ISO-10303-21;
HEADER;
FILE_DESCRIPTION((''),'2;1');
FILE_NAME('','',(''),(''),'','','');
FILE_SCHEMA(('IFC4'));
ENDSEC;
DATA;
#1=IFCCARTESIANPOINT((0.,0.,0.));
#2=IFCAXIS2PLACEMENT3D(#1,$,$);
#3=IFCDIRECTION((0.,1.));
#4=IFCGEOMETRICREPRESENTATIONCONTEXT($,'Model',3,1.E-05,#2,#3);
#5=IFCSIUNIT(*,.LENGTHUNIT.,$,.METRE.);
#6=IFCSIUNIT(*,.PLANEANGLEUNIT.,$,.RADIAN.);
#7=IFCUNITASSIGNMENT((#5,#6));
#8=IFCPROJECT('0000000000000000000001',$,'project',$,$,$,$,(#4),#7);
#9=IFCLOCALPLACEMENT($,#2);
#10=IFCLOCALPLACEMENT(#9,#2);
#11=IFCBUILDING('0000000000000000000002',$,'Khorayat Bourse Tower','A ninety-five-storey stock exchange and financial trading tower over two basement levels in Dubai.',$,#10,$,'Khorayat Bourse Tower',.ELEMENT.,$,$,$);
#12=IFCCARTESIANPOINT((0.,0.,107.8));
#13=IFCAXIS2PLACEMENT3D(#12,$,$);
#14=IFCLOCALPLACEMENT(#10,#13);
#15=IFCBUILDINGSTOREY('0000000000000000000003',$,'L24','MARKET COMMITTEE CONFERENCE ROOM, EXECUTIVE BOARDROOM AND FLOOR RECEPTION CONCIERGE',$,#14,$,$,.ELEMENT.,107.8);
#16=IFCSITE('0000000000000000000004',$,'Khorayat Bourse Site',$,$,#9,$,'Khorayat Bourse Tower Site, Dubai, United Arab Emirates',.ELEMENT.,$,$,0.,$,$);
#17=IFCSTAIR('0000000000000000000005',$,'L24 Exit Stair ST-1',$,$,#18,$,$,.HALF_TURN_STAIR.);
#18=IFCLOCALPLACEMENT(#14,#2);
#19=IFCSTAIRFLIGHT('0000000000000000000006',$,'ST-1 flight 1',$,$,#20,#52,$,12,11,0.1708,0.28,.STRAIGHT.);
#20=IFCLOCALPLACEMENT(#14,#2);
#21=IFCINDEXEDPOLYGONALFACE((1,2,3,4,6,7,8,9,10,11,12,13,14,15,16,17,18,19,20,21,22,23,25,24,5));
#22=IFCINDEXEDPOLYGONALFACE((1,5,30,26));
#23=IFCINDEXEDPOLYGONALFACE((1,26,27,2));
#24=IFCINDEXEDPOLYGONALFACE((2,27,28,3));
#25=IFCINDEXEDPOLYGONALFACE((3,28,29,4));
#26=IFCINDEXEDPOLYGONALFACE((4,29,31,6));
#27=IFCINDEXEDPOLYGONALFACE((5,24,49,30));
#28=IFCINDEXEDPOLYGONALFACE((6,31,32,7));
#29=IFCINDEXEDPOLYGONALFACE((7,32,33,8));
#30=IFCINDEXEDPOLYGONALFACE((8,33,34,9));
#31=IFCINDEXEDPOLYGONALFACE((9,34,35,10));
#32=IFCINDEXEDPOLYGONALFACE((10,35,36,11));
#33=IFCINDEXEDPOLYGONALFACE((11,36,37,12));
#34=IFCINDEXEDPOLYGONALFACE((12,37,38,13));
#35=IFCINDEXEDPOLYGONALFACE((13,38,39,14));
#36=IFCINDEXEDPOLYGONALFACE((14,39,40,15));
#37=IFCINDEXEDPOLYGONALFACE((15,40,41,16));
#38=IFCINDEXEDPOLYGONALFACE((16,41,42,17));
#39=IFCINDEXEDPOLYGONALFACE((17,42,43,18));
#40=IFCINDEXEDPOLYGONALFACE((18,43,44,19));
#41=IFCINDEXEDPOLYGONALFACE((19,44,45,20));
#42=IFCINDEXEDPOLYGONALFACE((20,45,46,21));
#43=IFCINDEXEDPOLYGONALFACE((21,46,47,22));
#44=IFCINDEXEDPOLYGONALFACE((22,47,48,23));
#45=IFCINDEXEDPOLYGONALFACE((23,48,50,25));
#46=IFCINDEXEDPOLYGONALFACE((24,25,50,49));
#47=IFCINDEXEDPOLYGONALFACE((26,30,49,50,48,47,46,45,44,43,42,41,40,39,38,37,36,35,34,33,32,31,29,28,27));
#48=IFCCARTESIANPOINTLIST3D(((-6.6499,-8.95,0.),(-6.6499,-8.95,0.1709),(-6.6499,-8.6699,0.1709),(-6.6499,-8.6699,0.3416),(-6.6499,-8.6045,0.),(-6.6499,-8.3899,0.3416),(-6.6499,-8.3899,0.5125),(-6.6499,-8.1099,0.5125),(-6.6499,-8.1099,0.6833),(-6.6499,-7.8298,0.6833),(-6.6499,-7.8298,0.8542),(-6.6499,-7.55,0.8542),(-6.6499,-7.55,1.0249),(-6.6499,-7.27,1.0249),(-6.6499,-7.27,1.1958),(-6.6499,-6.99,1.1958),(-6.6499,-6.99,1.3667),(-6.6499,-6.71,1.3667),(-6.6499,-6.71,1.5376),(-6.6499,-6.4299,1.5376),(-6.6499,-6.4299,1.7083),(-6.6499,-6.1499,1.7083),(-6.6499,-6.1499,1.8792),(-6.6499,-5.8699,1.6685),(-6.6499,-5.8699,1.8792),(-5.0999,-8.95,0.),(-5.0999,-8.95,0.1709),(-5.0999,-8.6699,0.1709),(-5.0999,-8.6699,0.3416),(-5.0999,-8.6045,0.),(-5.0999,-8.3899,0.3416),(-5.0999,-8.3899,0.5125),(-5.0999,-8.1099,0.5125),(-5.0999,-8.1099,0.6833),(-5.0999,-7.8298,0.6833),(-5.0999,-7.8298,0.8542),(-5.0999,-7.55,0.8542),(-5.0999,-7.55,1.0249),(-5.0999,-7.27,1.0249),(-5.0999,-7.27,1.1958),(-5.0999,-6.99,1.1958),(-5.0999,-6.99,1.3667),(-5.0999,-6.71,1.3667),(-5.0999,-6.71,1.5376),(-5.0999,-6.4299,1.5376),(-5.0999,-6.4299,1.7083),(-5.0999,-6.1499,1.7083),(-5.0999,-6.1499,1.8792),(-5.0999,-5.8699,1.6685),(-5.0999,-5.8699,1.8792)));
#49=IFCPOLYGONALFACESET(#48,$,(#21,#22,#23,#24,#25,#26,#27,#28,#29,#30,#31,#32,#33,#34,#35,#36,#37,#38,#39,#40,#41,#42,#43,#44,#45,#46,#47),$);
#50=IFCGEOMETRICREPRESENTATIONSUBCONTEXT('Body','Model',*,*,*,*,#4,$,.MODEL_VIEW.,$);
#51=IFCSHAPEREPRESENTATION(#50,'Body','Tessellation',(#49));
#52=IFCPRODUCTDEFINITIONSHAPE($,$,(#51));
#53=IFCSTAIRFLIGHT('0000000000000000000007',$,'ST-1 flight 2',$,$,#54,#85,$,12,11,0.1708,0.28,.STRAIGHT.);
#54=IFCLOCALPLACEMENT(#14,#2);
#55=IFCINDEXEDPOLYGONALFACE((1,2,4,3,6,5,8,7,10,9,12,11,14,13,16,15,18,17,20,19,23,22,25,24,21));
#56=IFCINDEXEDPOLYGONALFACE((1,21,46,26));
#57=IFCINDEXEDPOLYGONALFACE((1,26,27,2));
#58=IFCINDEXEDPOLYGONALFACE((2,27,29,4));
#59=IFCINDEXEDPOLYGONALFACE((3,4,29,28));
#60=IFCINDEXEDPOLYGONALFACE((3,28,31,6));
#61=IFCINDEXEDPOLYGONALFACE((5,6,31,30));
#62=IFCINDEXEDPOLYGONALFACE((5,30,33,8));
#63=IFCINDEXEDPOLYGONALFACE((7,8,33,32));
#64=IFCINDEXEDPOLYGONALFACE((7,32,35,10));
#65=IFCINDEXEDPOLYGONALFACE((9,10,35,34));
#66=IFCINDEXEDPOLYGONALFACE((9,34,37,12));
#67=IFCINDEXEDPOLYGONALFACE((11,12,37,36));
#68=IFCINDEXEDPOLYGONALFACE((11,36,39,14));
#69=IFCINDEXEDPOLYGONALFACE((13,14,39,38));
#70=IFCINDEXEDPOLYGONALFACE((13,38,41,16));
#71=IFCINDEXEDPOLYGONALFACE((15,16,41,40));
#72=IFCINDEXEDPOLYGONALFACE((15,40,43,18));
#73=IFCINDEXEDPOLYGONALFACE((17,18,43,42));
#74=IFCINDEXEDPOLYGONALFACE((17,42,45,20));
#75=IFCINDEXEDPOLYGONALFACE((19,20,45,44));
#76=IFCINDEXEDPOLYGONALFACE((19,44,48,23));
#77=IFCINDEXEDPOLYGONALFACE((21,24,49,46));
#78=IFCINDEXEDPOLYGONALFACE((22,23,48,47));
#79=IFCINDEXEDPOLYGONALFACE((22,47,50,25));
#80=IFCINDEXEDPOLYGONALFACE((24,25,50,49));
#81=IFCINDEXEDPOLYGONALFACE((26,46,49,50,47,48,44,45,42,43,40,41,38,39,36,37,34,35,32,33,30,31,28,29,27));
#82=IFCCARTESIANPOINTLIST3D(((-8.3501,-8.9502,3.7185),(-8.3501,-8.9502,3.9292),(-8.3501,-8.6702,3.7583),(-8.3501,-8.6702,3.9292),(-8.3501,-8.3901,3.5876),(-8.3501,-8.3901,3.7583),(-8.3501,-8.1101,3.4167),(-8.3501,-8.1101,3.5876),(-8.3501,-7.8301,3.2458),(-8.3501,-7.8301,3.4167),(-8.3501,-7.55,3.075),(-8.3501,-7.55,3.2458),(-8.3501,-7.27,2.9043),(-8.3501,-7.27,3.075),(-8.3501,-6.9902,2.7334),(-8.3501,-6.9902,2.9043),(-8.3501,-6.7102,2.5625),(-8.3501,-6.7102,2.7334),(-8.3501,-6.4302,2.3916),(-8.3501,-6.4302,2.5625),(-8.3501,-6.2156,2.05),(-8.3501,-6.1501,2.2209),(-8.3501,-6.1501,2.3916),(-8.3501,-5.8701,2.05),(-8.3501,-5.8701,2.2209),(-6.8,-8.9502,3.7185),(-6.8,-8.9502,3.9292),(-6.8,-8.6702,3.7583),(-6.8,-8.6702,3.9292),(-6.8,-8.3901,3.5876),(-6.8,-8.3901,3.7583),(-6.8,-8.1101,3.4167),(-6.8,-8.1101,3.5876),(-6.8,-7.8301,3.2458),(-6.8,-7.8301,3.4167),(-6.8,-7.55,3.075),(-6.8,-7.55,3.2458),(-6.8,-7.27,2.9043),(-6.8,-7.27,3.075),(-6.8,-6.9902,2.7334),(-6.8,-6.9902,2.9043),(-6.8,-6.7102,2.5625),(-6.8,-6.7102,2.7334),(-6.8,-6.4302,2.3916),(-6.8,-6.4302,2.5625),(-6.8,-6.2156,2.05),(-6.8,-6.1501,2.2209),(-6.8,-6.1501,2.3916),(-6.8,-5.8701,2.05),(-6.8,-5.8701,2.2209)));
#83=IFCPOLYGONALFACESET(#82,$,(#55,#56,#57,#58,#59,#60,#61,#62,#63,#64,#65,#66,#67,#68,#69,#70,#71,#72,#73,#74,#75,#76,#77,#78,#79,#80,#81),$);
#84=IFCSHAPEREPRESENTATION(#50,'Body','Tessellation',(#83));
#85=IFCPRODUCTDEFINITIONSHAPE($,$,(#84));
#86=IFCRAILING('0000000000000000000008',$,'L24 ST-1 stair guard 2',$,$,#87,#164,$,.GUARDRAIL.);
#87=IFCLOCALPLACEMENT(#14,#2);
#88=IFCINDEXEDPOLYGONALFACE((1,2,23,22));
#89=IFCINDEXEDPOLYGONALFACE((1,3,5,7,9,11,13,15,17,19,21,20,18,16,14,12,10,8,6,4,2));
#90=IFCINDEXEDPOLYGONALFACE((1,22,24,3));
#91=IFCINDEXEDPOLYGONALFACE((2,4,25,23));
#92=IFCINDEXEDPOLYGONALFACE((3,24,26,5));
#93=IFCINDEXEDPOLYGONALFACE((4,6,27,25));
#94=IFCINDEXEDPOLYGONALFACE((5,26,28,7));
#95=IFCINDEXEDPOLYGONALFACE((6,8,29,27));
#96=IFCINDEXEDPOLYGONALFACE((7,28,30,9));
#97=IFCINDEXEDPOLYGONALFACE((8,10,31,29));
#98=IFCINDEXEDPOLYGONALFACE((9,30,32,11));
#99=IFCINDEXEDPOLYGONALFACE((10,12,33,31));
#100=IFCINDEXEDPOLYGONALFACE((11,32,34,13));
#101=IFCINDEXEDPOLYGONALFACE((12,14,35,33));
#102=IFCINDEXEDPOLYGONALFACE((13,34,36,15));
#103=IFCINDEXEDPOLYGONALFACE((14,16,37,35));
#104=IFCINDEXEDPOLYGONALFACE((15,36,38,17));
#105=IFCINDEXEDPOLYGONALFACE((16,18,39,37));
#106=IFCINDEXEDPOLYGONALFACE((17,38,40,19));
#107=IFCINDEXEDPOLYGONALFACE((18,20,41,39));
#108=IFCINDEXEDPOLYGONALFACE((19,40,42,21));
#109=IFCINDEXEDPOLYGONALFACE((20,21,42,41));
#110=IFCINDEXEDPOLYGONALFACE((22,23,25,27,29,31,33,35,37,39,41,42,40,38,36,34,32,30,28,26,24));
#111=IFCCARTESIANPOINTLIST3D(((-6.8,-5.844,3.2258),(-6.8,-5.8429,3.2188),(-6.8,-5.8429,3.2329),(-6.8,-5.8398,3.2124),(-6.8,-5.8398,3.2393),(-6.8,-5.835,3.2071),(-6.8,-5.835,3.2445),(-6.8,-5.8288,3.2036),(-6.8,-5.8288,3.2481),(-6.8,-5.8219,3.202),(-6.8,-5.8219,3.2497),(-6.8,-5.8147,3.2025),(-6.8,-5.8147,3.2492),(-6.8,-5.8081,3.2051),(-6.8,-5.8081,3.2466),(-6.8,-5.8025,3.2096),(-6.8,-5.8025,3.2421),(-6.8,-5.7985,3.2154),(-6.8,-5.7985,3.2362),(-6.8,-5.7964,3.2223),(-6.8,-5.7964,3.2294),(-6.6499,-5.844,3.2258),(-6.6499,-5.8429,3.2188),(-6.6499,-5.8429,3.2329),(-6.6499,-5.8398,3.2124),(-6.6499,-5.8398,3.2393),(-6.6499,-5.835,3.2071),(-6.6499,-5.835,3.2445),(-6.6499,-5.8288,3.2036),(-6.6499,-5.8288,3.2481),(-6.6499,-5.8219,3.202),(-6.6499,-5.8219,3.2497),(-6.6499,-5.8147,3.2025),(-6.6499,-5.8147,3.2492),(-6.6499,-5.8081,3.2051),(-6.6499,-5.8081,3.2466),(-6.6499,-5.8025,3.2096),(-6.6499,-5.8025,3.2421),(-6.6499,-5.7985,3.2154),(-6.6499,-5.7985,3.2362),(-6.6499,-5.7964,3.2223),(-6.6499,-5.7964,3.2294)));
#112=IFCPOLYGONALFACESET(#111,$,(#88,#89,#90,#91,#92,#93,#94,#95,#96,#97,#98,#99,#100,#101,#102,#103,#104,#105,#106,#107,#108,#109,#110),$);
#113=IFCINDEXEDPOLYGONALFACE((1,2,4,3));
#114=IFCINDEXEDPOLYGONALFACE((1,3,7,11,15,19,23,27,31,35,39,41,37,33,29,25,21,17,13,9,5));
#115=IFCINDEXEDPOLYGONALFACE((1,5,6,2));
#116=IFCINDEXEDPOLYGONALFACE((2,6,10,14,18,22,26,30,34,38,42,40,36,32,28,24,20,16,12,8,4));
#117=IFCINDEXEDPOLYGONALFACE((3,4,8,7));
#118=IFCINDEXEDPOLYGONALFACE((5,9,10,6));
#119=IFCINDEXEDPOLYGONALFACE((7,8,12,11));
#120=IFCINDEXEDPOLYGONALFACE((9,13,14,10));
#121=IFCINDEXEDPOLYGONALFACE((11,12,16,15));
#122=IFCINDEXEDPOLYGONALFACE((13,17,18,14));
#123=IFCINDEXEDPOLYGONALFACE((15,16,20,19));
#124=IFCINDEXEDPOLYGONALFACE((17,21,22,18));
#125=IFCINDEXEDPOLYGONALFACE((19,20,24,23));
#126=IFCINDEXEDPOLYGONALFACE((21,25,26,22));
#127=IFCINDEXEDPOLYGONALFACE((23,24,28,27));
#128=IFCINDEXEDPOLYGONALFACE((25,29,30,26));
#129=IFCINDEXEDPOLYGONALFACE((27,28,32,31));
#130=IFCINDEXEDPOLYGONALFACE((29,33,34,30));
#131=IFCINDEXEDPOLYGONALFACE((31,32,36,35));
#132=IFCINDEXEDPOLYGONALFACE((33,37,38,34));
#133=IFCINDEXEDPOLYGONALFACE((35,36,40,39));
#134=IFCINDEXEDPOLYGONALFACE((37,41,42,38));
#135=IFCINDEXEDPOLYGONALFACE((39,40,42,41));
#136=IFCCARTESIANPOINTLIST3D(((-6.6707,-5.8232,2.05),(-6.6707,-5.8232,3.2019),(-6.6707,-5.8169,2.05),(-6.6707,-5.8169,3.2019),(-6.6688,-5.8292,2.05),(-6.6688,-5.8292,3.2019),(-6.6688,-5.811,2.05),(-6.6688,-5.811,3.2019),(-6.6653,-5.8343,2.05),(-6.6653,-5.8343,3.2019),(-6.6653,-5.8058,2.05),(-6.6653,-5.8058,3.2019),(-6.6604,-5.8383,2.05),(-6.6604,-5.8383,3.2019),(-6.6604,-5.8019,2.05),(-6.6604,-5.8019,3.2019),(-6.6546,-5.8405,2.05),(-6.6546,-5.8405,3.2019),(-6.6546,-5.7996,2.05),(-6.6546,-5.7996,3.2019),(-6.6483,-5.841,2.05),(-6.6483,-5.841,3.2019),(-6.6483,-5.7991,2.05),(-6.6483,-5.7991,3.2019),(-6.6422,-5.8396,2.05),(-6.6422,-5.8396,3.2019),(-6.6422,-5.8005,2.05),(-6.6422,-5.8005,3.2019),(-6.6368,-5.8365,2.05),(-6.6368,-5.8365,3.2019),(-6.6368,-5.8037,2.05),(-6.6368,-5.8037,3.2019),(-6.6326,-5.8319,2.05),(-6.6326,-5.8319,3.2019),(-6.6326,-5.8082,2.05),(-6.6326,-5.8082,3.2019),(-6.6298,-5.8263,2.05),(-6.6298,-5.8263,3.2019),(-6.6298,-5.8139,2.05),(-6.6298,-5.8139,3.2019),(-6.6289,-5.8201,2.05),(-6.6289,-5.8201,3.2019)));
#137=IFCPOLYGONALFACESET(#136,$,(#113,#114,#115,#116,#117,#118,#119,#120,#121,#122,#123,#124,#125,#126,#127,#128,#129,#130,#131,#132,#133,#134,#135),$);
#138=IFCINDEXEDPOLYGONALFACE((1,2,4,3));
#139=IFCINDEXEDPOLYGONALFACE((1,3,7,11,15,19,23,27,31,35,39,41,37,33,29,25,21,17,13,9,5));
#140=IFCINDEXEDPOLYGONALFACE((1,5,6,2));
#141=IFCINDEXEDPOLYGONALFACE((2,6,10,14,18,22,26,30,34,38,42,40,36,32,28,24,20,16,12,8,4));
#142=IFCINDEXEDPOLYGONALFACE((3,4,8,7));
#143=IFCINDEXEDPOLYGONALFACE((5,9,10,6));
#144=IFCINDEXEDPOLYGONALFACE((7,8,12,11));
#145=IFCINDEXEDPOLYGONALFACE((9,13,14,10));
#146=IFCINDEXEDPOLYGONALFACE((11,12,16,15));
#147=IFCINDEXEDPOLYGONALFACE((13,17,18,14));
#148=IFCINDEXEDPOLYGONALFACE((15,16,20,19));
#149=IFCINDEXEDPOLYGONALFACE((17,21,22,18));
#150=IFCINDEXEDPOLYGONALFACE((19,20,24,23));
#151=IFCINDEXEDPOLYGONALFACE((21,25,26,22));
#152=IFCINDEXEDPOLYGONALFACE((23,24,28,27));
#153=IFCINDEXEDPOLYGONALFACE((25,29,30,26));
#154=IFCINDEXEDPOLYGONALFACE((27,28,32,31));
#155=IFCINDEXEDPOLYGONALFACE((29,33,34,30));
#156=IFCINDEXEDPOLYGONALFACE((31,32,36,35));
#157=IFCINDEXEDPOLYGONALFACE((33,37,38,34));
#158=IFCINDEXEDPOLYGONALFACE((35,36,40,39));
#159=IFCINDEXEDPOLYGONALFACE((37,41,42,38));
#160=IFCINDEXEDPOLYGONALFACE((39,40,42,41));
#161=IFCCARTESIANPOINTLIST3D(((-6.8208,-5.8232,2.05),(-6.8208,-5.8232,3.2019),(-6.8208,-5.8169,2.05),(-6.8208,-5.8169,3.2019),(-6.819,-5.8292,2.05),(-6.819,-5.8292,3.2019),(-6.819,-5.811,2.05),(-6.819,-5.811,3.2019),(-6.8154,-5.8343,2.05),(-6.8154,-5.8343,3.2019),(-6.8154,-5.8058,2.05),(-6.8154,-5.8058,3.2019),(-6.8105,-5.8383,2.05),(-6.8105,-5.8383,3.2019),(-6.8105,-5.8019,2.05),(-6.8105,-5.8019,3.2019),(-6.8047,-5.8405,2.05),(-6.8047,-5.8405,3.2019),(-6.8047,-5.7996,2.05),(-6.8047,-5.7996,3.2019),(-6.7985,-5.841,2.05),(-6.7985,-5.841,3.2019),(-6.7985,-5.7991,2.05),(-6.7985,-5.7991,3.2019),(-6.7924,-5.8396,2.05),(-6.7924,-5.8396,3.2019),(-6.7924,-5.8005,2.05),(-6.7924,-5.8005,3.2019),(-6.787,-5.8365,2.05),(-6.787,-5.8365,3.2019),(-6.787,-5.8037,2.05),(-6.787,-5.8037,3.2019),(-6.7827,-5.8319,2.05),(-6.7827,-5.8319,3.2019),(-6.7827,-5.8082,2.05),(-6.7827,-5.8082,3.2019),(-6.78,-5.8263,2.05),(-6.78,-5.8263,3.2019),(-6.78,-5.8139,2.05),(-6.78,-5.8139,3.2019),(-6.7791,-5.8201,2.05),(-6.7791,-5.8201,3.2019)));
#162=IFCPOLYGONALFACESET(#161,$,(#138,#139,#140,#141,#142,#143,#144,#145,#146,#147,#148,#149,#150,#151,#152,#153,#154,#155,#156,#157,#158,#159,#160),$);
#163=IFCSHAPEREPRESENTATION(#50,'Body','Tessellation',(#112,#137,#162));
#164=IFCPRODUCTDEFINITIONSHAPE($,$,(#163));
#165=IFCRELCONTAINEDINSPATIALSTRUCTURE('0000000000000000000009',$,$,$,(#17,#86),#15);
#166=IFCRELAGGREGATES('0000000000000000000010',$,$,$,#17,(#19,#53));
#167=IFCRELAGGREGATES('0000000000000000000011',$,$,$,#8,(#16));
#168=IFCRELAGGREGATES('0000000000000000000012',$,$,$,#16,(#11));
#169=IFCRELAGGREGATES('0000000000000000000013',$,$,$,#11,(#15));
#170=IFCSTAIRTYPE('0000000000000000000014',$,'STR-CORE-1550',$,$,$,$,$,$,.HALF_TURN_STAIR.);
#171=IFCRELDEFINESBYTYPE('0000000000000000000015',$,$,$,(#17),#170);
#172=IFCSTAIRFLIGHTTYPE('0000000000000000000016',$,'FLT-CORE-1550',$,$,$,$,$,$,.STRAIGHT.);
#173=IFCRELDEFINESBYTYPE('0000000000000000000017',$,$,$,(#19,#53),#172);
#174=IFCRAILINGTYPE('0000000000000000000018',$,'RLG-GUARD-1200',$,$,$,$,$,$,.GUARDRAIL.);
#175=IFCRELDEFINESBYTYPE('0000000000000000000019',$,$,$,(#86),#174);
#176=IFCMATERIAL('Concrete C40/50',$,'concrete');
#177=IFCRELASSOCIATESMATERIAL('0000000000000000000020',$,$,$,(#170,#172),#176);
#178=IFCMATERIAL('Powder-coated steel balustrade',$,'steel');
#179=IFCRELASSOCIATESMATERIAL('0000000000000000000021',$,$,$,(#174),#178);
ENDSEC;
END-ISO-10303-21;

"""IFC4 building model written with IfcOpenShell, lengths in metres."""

from ifc_helpers import new_model, si_unit, direction, frame, origin, origin_2d, place, context, subcontext, project, spatial, polyline, circle, outline, extrude, source, transform, mapped, material, type_object, element, aggregate, save


model = new_model("IFC4")

# Units and contexts
model_context = context("Model", 3, precision=1e-05, world=origin(), true_north=direction((0.0, 1.0)))
body_context = subcontext(model_context, "Body", "Model", "MODEL_VIEW")
ifc_project = project(units=[si_unit("LENGTHUNIT", "METRE"), si_unit("PLANEANGLEUNIT", "RADIAN")], contexts=[model_context])

# Site, building, storey
site_placement = place(None, origin())
site = spatial("IfcSite", under=ifc_project, at=site_placement, Name="Khorayat Bourse Site", LongName="Khorayat Bourse Tower Site, Dubai, United Arab Emirates", CompositionType="ELEMENT", RefElevation=0.0)
building_placement = place(site_placement, origin())
building = spatial("IfcBuilding", under=site, at=building_placement, Name="Khorayat Bourse Tower", Description="A ninety-five-storey stock exchange and financial trading tower over two basement levels in Dubai.", LongName="Khorayat Bourse Tower", CompositionType="ELEMENT")
storey_placement = place(building_placement, frame((0.0, 0.0, 107.8)))
storey = spatial("IfcBuildingStorey", under=building, at=storey_placement, Name="L24", Description="MARKET COMMITTEE CONFERENCE ROOM, EXECUTIVE BOARDROOM AND FLOOR RECEPTION CONCIERGE", CompositionType="ELEMENT", Elevation=107.8)

# Stair, stair flights
ifc_material_1 = material(Name="Concrete C40/50", Category="concrete")
stair_type = type_object("IfcStairType", Name="STR-CORE-1550", PredefinedType="HALF_TURN_STAIR", material=ifc_material_1)
stair_placement = place(storey_placement, origin())
stair = element("IfcStair", 1, at=stair_placement, inside=storey, type_object=stair_type, Name="L24 Exit Stair ST-1", PredefinedType="HALF_TURN_STAIR")
stair_flight_type = type_object("IfcStairFlightType", Name="FLT-CORE-1550", PredefinedType="STRAIGHT", material=ifc_material_1)
shared_shape_1 = source(origin(), body_context, "Body", "SweptSolid", [
    extrude(outline(polyline([(0.0, 0.0), (0.0, 0.1709), (0.28, 0.1709), (0.28, 0.3416), (0.5601, 0.3416), (0.5601, 0.5125), (0.8401, 0.5125), (0.8401, 0.6833), (1.1201, 0.6833), (1.1201, 0.8542), (1.3999, 0.8542), (1.3999, 1.0249), (1.6799, 1.0249), (1.6799, 1.1958), (1.96, 1.1958), (1.96, 1.3667), (2.24, 1.3667), (2.24, 1.5376), (2.52, 1.5376), (2.52, 1.7083), (2.8, 1.7083), (2.8, 1.8792), (3.0801, 1.8792), (3.0801, 2.05), (3.0801, 1.6685), (0.3455, 0.0), (0.0, 0.0)])), frame((0.0, 0.7749, 0.0), z_axis=(0.0, -1.0, 0.0), x_axis=(1.0, 0.0, 0.0)), (0.0, 0.0, 1.0), 1.55),
])
stair_flight_1_placement = place(storey_placement, frame((-5.875, -8.95, 0.0), z_axis=(0.0, 0.0, 1.0), x_axis=(0.0, 1.0, 0.0)))
stair_flight_1 = element("IfcStairFlight", 2, at=stair_flight_1_placement, type_object=stair_flight_type, Name="ST-1 flight 1", NumberOfRisers=12, NumberOfTreads=11, PredefinedType="STRAIGHT", RiserHeight=0.1708, TreadLength=0.28, context=body_context, shape_type="MappedRepresentation", body=[
    mapped(shared_shape_1, transform((0.0, 0.0, 0.0), scale=1.0)),
])
stair_flight_2_placement = place(storey_placement, frame((-7.575, -5.8701, 2.05), z_axis=(0.0, 0.0, 1.0), x_axis=(0.0, -1.0, 0.0)))
stair_flight_2 = element("IfcStairFlight", 3, at=stair_flight_2_placement, type_object=stair_flight_type, Name="ST-1 flight 2", NumberOfRisers=12, NumberOfTreads=11, PredefinedType="STRAIGHT", RiserHeight=0.1708, TreadLength=0.28, context=body_context, shape_type="MappedRepresentation", body=[
    mapped(shared_shape_1, transform((0.0, 0.0, 0.0), scale=1.0)),
])
aggregate(stair, [stair_flight_1, stair_flight_2])

# Railing
ifc_material_2 = material(Name="Powder-coated steel balustrade", Category="steel")
railing_type_1 = type_object("IfcRailingType", Name="RLG-GUARD-1200", PredefinedType="GUARDRAIL", material=ifc_material_2)
shared_shape_2 = source(origin(), body_context, "Body", "SweptSolid", [
    extrude(circle(Radius=0.0239, at=origin_2d()), frame((0.0, 0.0, 1.1758), z_axis=(-1.0, 0.0, 0.0), x_axis=(0.0, -1.0, 0.0)), (0.0, 0.0, 1.0), 0.1501),
    extrude(circle(Radius=0.021, at=origin_2d()), origin(), (0.0, 0.0, 1.0), 1.1519),
    extrude(circle(Radius=0.021, at=origin_2d()), frame((-0.1501, 0.0, 0.0)), (0.0, 0.0, 1.0), 1.1519),
])
for number, where, name in (
    (4, (-6.6499, -5.8201, 2.05), "L24 ST-1 stair guard 2"),
):
    element("IfcRailing", number, at=place(storey_placement, frame(where)), inside=storey, type_object=railing_type_1, Name=name, PredefinedType="GUARDRAIL", context=body_context, shape_type="MappedRepresentation", body=[
        mapped(shared_shape_2, transform((0.0, 0.0, 0.0), scale=1.0)),
    ])

save(model, "model.ifc")
